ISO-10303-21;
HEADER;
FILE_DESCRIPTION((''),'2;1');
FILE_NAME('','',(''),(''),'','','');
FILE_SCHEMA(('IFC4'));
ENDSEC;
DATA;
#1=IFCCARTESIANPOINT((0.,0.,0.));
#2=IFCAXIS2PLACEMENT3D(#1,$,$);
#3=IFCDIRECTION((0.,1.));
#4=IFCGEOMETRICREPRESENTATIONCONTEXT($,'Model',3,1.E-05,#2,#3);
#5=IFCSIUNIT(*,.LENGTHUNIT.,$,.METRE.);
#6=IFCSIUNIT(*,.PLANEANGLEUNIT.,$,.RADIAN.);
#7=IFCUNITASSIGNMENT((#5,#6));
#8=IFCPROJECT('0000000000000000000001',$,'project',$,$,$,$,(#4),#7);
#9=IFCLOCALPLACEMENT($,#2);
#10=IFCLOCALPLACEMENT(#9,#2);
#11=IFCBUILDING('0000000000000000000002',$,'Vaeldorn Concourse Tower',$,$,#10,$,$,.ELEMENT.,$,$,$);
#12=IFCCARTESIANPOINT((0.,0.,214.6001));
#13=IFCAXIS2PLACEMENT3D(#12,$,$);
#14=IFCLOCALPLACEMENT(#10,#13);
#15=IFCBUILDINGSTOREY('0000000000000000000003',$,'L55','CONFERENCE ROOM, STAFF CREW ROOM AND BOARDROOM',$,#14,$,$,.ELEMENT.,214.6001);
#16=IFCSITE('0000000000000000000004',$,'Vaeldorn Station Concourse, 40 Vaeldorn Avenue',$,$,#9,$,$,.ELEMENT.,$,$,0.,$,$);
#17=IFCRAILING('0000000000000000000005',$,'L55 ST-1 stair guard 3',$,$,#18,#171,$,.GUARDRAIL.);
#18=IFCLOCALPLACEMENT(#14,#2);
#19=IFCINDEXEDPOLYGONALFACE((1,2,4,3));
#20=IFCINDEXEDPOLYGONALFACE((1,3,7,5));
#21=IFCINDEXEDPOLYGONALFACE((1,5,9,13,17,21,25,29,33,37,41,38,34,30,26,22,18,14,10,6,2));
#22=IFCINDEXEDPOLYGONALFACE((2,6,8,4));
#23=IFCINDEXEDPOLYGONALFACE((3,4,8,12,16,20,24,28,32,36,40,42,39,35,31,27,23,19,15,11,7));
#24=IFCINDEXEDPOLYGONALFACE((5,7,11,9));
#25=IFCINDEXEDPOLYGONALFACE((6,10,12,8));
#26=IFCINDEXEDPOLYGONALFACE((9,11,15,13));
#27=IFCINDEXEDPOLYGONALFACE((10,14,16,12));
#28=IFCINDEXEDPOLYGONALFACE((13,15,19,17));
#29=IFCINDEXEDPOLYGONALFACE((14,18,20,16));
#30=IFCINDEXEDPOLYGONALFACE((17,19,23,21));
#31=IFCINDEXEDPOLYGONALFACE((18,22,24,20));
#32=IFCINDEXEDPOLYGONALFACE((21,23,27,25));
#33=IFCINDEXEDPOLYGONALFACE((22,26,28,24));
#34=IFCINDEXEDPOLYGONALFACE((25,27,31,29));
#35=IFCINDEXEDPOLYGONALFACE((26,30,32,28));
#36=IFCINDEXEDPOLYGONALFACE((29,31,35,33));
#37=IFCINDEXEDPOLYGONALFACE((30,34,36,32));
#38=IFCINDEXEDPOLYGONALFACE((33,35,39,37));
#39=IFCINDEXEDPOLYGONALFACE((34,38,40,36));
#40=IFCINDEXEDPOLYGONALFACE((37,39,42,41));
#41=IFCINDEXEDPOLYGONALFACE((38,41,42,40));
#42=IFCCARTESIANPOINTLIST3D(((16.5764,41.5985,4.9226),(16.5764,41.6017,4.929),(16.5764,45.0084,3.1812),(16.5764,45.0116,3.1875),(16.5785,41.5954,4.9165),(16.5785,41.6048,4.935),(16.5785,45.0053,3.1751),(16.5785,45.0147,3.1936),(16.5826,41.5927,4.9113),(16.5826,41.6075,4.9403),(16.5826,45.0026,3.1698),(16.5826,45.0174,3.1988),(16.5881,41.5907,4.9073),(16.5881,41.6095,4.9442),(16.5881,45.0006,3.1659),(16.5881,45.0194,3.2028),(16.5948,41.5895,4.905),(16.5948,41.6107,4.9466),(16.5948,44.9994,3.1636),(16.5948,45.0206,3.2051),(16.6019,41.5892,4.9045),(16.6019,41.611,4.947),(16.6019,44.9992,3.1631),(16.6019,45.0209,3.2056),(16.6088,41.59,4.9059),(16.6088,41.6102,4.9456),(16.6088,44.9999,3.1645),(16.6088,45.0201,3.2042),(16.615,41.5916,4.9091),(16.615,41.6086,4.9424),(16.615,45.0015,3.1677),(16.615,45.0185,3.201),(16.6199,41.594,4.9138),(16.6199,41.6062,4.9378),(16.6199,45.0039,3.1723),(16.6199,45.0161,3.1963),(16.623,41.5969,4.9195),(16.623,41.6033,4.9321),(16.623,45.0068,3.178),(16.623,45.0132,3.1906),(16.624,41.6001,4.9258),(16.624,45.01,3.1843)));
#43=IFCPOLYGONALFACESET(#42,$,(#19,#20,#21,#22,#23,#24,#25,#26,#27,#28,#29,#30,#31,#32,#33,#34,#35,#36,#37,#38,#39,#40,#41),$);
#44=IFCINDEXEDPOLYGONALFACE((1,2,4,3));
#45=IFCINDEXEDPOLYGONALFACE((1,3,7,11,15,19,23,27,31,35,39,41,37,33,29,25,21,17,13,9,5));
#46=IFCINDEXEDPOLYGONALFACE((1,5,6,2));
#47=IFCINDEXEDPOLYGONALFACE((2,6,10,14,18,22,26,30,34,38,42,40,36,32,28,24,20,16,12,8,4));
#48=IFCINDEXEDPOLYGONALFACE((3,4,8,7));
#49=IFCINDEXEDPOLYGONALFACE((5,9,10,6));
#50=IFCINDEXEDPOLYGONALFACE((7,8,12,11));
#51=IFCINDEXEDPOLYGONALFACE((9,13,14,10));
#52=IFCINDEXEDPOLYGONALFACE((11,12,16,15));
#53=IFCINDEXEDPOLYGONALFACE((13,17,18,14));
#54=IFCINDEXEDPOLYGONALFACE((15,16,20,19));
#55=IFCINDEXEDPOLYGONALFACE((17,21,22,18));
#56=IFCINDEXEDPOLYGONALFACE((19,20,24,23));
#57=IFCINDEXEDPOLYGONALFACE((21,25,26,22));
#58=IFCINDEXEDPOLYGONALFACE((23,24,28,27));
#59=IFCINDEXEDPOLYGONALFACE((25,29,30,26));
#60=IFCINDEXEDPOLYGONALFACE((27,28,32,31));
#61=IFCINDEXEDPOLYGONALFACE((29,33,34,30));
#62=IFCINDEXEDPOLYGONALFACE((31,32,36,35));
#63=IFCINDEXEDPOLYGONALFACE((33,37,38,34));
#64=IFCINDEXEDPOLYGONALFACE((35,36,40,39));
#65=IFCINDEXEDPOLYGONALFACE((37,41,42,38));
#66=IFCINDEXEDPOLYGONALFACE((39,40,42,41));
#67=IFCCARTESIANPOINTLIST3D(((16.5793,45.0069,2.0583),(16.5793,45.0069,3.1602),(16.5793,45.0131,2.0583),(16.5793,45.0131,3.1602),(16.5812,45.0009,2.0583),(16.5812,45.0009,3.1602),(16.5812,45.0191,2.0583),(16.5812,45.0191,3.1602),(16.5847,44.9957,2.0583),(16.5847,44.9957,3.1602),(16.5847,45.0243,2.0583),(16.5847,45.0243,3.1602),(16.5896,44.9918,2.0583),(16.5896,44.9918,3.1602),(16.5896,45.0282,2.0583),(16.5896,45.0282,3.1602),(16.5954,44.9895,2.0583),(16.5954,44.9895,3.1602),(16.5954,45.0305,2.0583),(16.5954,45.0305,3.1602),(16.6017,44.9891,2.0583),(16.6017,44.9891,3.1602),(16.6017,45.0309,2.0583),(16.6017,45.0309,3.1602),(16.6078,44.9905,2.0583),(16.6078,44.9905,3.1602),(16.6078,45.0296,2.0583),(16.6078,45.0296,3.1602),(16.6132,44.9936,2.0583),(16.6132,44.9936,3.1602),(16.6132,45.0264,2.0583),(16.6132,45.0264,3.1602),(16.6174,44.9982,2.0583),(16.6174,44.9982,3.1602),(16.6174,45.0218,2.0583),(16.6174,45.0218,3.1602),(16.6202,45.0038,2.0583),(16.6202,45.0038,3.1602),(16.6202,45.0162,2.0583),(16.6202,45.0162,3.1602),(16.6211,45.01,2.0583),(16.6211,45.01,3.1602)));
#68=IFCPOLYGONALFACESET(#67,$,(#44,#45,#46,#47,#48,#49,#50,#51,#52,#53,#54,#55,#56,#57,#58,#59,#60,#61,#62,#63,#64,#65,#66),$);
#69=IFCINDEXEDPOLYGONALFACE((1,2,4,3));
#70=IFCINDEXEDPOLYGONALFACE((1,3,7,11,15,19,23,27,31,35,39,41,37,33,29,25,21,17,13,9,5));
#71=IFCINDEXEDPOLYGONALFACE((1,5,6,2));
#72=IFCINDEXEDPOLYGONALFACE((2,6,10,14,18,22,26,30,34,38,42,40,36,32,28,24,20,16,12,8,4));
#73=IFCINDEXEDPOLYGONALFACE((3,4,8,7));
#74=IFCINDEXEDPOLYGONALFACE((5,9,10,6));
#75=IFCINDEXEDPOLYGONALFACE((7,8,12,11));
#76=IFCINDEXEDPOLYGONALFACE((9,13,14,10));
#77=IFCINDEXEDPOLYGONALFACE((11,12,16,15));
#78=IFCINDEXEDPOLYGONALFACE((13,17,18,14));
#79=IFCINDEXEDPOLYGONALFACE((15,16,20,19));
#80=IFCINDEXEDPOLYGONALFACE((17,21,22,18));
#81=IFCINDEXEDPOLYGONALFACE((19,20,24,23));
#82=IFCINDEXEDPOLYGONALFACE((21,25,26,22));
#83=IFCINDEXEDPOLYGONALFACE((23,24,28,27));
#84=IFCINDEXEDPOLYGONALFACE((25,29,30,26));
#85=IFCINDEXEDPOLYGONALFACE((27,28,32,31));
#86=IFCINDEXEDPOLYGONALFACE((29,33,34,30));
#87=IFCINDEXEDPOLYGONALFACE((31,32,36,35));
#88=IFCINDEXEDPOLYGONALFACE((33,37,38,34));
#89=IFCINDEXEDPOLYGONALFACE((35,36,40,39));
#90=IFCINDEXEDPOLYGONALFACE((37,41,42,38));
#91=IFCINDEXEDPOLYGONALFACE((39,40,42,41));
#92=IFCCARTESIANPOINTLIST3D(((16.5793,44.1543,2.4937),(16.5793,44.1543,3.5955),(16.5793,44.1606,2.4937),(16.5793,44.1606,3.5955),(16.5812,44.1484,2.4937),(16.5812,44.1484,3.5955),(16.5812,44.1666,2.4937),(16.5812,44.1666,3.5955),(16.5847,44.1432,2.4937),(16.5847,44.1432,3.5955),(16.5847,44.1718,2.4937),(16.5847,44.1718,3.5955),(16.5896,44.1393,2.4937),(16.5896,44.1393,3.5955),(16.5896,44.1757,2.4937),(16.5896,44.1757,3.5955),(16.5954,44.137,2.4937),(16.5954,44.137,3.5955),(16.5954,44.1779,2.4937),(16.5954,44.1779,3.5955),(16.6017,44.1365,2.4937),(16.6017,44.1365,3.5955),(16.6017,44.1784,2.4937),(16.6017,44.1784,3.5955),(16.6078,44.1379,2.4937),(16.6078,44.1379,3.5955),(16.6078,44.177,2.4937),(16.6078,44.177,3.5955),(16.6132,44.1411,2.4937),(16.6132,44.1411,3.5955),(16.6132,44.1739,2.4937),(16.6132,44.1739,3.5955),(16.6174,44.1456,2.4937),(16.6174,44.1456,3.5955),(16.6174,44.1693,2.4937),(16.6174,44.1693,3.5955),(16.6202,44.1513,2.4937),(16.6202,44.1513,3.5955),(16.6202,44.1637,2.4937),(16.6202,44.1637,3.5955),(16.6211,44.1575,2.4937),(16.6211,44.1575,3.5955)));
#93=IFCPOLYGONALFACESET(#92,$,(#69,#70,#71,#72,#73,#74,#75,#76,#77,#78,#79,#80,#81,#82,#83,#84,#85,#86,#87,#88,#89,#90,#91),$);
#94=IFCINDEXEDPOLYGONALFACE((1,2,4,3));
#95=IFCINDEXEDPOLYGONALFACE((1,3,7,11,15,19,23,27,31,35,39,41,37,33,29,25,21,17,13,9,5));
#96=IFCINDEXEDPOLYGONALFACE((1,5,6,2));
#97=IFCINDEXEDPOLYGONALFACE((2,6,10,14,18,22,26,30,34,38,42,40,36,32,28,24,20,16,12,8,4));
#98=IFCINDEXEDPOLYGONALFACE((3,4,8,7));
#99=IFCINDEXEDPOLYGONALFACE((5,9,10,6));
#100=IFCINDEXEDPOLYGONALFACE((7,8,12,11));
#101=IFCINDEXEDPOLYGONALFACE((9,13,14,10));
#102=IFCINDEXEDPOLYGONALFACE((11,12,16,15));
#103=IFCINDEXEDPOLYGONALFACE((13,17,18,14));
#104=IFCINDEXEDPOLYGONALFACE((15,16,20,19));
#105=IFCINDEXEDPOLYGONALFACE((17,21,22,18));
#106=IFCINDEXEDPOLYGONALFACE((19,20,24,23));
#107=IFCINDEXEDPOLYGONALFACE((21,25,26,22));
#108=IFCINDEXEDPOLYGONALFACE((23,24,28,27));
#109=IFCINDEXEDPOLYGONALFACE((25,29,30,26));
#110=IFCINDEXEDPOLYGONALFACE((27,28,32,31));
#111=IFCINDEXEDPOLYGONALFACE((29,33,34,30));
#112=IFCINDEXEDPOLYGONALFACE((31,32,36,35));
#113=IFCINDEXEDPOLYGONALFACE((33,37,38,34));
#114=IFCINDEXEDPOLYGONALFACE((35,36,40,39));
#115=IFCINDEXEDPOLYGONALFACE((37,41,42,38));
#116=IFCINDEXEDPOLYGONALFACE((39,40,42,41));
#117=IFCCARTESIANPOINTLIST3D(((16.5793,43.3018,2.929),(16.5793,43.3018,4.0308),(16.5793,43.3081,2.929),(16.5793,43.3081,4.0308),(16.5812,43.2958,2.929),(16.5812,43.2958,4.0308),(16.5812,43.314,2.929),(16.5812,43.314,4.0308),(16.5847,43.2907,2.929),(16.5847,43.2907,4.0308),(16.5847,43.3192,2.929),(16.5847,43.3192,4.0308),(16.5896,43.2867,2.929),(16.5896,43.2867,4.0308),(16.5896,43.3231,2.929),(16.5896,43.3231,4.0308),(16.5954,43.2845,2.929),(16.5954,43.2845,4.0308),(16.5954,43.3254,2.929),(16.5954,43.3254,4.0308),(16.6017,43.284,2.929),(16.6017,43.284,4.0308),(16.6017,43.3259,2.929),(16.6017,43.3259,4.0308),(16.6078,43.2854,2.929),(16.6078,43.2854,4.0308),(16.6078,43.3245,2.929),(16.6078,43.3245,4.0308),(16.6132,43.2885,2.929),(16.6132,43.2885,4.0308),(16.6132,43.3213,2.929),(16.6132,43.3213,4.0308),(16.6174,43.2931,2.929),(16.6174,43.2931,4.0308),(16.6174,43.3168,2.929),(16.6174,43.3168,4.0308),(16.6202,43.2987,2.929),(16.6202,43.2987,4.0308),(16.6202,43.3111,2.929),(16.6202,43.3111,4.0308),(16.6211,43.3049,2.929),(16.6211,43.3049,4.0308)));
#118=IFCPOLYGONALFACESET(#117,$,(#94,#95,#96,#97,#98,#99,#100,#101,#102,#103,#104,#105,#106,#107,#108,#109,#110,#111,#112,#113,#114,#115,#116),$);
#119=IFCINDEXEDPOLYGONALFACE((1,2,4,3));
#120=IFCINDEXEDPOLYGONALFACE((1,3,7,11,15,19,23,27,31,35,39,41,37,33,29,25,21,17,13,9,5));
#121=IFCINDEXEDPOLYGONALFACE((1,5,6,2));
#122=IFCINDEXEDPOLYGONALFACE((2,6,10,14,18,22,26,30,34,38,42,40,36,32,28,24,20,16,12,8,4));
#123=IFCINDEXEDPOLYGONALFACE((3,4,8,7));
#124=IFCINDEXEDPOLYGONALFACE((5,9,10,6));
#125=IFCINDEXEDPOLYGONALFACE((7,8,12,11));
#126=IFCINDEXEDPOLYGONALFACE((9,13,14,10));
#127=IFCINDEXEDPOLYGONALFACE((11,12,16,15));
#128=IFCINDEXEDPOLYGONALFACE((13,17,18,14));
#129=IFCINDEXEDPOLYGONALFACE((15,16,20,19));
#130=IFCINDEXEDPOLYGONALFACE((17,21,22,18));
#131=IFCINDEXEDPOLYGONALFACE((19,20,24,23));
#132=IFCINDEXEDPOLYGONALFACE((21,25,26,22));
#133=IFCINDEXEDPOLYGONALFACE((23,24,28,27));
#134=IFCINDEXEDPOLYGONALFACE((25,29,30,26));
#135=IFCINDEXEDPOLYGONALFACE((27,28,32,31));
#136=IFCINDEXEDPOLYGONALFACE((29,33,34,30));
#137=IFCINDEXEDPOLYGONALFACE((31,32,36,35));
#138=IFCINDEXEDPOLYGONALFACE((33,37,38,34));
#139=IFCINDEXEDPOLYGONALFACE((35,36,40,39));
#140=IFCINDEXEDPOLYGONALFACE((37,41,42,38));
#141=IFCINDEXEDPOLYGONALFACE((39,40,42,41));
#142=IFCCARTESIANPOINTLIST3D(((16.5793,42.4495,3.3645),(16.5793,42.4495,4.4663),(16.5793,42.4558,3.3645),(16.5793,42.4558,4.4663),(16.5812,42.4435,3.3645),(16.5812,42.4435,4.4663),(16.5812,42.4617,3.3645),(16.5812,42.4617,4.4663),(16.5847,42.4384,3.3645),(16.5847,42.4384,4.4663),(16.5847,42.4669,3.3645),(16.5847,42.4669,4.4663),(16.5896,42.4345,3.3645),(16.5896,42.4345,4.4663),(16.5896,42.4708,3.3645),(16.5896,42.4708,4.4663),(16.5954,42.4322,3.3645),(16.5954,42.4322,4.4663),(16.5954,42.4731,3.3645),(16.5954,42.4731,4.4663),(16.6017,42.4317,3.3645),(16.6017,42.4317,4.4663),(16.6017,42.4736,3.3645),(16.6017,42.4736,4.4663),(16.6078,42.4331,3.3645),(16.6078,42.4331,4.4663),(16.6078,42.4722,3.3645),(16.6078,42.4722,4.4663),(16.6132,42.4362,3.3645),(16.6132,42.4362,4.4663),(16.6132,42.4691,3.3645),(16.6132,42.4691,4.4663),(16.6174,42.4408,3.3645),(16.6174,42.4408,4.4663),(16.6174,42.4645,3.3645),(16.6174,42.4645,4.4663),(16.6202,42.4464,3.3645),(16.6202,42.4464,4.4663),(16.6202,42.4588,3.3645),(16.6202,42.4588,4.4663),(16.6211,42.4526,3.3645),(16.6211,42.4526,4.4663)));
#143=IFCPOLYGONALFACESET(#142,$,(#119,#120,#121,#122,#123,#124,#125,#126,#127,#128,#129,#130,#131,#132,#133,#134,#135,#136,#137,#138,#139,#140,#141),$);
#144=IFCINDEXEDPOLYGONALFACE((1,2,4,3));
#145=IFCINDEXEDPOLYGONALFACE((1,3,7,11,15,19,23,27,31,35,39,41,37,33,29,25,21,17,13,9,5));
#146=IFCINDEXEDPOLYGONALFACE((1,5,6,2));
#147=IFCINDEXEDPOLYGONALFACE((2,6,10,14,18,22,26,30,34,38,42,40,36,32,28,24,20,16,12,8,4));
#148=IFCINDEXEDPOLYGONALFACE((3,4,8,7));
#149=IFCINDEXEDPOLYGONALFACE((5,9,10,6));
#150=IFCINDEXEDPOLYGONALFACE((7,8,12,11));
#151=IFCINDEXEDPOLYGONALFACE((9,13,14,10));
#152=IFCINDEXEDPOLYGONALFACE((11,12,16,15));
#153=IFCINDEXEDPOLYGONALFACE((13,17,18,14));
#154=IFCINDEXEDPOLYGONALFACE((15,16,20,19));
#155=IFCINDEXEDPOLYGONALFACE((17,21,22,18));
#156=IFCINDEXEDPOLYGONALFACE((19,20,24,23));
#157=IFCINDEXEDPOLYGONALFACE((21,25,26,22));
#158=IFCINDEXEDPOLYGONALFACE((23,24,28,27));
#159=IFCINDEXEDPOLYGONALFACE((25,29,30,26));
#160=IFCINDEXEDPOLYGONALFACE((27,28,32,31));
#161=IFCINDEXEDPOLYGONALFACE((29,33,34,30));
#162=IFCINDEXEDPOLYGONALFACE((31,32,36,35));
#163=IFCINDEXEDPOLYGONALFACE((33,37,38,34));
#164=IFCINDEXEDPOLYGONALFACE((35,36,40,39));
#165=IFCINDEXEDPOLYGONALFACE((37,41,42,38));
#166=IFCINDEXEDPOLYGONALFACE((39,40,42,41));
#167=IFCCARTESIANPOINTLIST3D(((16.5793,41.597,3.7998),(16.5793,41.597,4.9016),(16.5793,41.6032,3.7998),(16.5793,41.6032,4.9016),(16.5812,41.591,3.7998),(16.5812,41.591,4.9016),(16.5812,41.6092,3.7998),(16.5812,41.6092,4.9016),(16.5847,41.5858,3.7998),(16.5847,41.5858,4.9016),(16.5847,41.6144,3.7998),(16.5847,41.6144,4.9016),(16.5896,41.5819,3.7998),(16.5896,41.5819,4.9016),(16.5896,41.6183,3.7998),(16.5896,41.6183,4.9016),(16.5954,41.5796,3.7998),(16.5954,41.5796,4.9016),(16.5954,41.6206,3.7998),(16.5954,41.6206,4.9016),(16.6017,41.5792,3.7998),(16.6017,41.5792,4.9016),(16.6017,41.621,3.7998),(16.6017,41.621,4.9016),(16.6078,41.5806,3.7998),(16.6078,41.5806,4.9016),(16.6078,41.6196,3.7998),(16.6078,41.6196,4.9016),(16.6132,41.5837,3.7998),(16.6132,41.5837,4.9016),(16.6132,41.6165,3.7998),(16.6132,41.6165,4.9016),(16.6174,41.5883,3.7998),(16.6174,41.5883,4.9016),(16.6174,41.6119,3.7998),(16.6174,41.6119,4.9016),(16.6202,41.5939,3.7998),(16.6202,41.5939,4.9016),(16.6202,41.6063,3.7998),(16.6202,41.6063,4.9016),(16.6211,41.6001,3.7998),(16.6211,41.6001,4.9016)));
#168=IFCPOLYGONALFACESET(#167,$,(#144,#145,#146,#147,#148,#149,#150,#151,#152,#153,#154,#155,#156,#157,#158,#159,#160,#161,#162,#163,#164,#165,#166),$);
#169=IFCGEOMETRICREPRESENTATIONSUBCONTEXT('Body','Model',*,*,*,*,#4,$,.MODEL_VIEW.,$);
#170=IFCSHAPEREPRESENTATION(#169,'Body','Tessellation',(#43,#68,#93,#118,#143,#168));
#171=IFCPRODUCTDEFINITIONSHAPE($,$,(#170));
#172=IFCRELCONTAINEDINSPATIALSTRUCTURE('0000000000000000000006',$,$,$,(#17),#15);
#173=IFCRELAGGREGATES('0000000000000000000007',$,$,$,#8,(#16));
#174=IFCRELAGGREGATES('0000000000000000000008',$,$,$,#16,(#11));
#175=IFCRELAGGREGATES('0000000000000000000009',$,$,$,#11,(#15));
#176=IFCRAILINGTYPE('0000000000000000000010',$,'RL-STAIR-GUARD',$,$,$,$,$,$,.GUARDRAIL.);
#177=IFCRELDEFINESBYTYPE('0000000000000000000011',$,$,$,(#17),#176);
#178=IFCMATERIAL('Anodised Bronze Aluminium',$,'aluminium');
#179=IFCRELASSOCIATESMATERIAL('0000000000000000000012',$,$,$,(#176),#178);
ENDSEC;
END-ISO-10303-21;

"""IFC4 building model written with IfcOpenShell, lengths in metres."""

from ifc_helpers import new_model, si_unit, direction, frame, origin, origin_2d, place, context, subcontext, project, spatial, circle, extrude, material, type_object, element, save


model = new_model("IFC4")

# Units and contexts
model_context = context("Model", 3, precision=1e-05, world=origin(), true_north=direction((0.0, 1.0)))
body_context = subcontext(model_context, "Body", "Model", "MODEL_VIEW")
ifc_project = project(units=[si_unit("LENGTHUNIT", "METRE"), si_unit("PLANEANGLEUNIT", "RADIAN")], contexts=[model_context])

# Site, building, storey
site_placement = place(None, origin())
site = spatial("IfcSite", under=ifc_project, at=site_placement, Name="Vaeldorn Station Concourse, 40 Vaeldorn Avenue", CompositionType="ELEMENT", RefElevation=0.0)
building_placement = place(site_placement, origin())
building = spatial("IfcBuilding", under=site, at=building_placement, Name="Vaeldorn Concourse Tower", CompositionType="ELEMENT")
storey_placement = place(building_placement, frame((0.0, 0.0, 214.6001)))
storey = spatial("IfcBuildingStorey", under=building, at=storey_placement, Name="L55", Description="CONFERENCE ROOM, STAFF CREW ROOM AND BOARDROOM", CompositionType="ELEMENT", Elevation=214.6001)

# Shared definitions
ifc_material_1 = material(Name="Anodised Bronze Aluminium", Category="aluminium")

# Railing
railing_type_1 = type_object("IfcRailingType", Name="RL-STAIR-GUARD", PredefinedType="GUARDRAIL", material=ifc_material_1)
railing_1_placement = place(storey_placement, frame((16.6001, 45.01, 2.0583)))
element("IfcRailing", 1, at=railing_1_placement, inside=storey, type_object=railing_type_1, Name="L55 ST-1 stair guard 3", PredefinedType="GUARDRAIL", context=body_context, shape_type="SweptSolid", body=[
    extrude(circle(Radius=0.0239, at=origin_2d()), frame((0.0, 0.0, 1.126), z_axis=(0.0, -0.890582, 0.454823), x_axis=(1.0, 0.0, 0.0)), (0.0, 0.0, 1.0), 3.8289),
    extrude(circle(Radius=0.021, at=origin_2d()), origin(), (0.0, 0.0, 1.0), 1.1018),
    extrude(circle(Radius=0.021, at=origin_2d()), frame((0.0, -0.8525, 0.4353)), (0.0, 0.0, 1.0), 1.1018),
    extrude(circle(Radius=0.021, at=origin_2d()), frame((0.0, -1.7051, 0.8706)), (0.0, 0.0, 1.0), 1.1018),
    extrude(circle(Radius=0.021, at=origin_2d()), frame((0.0, -2.5574, 1.3062)), (0.0, 0.0, 1.0), 1.1018),
    extrude(circle(Radius=0.021, at=origin_2d()), frame((0.0, -3.4099, 1.7415)), (0.0, 0.0, 1.0), 1.1018),
])

save(model, "model.ifc")
